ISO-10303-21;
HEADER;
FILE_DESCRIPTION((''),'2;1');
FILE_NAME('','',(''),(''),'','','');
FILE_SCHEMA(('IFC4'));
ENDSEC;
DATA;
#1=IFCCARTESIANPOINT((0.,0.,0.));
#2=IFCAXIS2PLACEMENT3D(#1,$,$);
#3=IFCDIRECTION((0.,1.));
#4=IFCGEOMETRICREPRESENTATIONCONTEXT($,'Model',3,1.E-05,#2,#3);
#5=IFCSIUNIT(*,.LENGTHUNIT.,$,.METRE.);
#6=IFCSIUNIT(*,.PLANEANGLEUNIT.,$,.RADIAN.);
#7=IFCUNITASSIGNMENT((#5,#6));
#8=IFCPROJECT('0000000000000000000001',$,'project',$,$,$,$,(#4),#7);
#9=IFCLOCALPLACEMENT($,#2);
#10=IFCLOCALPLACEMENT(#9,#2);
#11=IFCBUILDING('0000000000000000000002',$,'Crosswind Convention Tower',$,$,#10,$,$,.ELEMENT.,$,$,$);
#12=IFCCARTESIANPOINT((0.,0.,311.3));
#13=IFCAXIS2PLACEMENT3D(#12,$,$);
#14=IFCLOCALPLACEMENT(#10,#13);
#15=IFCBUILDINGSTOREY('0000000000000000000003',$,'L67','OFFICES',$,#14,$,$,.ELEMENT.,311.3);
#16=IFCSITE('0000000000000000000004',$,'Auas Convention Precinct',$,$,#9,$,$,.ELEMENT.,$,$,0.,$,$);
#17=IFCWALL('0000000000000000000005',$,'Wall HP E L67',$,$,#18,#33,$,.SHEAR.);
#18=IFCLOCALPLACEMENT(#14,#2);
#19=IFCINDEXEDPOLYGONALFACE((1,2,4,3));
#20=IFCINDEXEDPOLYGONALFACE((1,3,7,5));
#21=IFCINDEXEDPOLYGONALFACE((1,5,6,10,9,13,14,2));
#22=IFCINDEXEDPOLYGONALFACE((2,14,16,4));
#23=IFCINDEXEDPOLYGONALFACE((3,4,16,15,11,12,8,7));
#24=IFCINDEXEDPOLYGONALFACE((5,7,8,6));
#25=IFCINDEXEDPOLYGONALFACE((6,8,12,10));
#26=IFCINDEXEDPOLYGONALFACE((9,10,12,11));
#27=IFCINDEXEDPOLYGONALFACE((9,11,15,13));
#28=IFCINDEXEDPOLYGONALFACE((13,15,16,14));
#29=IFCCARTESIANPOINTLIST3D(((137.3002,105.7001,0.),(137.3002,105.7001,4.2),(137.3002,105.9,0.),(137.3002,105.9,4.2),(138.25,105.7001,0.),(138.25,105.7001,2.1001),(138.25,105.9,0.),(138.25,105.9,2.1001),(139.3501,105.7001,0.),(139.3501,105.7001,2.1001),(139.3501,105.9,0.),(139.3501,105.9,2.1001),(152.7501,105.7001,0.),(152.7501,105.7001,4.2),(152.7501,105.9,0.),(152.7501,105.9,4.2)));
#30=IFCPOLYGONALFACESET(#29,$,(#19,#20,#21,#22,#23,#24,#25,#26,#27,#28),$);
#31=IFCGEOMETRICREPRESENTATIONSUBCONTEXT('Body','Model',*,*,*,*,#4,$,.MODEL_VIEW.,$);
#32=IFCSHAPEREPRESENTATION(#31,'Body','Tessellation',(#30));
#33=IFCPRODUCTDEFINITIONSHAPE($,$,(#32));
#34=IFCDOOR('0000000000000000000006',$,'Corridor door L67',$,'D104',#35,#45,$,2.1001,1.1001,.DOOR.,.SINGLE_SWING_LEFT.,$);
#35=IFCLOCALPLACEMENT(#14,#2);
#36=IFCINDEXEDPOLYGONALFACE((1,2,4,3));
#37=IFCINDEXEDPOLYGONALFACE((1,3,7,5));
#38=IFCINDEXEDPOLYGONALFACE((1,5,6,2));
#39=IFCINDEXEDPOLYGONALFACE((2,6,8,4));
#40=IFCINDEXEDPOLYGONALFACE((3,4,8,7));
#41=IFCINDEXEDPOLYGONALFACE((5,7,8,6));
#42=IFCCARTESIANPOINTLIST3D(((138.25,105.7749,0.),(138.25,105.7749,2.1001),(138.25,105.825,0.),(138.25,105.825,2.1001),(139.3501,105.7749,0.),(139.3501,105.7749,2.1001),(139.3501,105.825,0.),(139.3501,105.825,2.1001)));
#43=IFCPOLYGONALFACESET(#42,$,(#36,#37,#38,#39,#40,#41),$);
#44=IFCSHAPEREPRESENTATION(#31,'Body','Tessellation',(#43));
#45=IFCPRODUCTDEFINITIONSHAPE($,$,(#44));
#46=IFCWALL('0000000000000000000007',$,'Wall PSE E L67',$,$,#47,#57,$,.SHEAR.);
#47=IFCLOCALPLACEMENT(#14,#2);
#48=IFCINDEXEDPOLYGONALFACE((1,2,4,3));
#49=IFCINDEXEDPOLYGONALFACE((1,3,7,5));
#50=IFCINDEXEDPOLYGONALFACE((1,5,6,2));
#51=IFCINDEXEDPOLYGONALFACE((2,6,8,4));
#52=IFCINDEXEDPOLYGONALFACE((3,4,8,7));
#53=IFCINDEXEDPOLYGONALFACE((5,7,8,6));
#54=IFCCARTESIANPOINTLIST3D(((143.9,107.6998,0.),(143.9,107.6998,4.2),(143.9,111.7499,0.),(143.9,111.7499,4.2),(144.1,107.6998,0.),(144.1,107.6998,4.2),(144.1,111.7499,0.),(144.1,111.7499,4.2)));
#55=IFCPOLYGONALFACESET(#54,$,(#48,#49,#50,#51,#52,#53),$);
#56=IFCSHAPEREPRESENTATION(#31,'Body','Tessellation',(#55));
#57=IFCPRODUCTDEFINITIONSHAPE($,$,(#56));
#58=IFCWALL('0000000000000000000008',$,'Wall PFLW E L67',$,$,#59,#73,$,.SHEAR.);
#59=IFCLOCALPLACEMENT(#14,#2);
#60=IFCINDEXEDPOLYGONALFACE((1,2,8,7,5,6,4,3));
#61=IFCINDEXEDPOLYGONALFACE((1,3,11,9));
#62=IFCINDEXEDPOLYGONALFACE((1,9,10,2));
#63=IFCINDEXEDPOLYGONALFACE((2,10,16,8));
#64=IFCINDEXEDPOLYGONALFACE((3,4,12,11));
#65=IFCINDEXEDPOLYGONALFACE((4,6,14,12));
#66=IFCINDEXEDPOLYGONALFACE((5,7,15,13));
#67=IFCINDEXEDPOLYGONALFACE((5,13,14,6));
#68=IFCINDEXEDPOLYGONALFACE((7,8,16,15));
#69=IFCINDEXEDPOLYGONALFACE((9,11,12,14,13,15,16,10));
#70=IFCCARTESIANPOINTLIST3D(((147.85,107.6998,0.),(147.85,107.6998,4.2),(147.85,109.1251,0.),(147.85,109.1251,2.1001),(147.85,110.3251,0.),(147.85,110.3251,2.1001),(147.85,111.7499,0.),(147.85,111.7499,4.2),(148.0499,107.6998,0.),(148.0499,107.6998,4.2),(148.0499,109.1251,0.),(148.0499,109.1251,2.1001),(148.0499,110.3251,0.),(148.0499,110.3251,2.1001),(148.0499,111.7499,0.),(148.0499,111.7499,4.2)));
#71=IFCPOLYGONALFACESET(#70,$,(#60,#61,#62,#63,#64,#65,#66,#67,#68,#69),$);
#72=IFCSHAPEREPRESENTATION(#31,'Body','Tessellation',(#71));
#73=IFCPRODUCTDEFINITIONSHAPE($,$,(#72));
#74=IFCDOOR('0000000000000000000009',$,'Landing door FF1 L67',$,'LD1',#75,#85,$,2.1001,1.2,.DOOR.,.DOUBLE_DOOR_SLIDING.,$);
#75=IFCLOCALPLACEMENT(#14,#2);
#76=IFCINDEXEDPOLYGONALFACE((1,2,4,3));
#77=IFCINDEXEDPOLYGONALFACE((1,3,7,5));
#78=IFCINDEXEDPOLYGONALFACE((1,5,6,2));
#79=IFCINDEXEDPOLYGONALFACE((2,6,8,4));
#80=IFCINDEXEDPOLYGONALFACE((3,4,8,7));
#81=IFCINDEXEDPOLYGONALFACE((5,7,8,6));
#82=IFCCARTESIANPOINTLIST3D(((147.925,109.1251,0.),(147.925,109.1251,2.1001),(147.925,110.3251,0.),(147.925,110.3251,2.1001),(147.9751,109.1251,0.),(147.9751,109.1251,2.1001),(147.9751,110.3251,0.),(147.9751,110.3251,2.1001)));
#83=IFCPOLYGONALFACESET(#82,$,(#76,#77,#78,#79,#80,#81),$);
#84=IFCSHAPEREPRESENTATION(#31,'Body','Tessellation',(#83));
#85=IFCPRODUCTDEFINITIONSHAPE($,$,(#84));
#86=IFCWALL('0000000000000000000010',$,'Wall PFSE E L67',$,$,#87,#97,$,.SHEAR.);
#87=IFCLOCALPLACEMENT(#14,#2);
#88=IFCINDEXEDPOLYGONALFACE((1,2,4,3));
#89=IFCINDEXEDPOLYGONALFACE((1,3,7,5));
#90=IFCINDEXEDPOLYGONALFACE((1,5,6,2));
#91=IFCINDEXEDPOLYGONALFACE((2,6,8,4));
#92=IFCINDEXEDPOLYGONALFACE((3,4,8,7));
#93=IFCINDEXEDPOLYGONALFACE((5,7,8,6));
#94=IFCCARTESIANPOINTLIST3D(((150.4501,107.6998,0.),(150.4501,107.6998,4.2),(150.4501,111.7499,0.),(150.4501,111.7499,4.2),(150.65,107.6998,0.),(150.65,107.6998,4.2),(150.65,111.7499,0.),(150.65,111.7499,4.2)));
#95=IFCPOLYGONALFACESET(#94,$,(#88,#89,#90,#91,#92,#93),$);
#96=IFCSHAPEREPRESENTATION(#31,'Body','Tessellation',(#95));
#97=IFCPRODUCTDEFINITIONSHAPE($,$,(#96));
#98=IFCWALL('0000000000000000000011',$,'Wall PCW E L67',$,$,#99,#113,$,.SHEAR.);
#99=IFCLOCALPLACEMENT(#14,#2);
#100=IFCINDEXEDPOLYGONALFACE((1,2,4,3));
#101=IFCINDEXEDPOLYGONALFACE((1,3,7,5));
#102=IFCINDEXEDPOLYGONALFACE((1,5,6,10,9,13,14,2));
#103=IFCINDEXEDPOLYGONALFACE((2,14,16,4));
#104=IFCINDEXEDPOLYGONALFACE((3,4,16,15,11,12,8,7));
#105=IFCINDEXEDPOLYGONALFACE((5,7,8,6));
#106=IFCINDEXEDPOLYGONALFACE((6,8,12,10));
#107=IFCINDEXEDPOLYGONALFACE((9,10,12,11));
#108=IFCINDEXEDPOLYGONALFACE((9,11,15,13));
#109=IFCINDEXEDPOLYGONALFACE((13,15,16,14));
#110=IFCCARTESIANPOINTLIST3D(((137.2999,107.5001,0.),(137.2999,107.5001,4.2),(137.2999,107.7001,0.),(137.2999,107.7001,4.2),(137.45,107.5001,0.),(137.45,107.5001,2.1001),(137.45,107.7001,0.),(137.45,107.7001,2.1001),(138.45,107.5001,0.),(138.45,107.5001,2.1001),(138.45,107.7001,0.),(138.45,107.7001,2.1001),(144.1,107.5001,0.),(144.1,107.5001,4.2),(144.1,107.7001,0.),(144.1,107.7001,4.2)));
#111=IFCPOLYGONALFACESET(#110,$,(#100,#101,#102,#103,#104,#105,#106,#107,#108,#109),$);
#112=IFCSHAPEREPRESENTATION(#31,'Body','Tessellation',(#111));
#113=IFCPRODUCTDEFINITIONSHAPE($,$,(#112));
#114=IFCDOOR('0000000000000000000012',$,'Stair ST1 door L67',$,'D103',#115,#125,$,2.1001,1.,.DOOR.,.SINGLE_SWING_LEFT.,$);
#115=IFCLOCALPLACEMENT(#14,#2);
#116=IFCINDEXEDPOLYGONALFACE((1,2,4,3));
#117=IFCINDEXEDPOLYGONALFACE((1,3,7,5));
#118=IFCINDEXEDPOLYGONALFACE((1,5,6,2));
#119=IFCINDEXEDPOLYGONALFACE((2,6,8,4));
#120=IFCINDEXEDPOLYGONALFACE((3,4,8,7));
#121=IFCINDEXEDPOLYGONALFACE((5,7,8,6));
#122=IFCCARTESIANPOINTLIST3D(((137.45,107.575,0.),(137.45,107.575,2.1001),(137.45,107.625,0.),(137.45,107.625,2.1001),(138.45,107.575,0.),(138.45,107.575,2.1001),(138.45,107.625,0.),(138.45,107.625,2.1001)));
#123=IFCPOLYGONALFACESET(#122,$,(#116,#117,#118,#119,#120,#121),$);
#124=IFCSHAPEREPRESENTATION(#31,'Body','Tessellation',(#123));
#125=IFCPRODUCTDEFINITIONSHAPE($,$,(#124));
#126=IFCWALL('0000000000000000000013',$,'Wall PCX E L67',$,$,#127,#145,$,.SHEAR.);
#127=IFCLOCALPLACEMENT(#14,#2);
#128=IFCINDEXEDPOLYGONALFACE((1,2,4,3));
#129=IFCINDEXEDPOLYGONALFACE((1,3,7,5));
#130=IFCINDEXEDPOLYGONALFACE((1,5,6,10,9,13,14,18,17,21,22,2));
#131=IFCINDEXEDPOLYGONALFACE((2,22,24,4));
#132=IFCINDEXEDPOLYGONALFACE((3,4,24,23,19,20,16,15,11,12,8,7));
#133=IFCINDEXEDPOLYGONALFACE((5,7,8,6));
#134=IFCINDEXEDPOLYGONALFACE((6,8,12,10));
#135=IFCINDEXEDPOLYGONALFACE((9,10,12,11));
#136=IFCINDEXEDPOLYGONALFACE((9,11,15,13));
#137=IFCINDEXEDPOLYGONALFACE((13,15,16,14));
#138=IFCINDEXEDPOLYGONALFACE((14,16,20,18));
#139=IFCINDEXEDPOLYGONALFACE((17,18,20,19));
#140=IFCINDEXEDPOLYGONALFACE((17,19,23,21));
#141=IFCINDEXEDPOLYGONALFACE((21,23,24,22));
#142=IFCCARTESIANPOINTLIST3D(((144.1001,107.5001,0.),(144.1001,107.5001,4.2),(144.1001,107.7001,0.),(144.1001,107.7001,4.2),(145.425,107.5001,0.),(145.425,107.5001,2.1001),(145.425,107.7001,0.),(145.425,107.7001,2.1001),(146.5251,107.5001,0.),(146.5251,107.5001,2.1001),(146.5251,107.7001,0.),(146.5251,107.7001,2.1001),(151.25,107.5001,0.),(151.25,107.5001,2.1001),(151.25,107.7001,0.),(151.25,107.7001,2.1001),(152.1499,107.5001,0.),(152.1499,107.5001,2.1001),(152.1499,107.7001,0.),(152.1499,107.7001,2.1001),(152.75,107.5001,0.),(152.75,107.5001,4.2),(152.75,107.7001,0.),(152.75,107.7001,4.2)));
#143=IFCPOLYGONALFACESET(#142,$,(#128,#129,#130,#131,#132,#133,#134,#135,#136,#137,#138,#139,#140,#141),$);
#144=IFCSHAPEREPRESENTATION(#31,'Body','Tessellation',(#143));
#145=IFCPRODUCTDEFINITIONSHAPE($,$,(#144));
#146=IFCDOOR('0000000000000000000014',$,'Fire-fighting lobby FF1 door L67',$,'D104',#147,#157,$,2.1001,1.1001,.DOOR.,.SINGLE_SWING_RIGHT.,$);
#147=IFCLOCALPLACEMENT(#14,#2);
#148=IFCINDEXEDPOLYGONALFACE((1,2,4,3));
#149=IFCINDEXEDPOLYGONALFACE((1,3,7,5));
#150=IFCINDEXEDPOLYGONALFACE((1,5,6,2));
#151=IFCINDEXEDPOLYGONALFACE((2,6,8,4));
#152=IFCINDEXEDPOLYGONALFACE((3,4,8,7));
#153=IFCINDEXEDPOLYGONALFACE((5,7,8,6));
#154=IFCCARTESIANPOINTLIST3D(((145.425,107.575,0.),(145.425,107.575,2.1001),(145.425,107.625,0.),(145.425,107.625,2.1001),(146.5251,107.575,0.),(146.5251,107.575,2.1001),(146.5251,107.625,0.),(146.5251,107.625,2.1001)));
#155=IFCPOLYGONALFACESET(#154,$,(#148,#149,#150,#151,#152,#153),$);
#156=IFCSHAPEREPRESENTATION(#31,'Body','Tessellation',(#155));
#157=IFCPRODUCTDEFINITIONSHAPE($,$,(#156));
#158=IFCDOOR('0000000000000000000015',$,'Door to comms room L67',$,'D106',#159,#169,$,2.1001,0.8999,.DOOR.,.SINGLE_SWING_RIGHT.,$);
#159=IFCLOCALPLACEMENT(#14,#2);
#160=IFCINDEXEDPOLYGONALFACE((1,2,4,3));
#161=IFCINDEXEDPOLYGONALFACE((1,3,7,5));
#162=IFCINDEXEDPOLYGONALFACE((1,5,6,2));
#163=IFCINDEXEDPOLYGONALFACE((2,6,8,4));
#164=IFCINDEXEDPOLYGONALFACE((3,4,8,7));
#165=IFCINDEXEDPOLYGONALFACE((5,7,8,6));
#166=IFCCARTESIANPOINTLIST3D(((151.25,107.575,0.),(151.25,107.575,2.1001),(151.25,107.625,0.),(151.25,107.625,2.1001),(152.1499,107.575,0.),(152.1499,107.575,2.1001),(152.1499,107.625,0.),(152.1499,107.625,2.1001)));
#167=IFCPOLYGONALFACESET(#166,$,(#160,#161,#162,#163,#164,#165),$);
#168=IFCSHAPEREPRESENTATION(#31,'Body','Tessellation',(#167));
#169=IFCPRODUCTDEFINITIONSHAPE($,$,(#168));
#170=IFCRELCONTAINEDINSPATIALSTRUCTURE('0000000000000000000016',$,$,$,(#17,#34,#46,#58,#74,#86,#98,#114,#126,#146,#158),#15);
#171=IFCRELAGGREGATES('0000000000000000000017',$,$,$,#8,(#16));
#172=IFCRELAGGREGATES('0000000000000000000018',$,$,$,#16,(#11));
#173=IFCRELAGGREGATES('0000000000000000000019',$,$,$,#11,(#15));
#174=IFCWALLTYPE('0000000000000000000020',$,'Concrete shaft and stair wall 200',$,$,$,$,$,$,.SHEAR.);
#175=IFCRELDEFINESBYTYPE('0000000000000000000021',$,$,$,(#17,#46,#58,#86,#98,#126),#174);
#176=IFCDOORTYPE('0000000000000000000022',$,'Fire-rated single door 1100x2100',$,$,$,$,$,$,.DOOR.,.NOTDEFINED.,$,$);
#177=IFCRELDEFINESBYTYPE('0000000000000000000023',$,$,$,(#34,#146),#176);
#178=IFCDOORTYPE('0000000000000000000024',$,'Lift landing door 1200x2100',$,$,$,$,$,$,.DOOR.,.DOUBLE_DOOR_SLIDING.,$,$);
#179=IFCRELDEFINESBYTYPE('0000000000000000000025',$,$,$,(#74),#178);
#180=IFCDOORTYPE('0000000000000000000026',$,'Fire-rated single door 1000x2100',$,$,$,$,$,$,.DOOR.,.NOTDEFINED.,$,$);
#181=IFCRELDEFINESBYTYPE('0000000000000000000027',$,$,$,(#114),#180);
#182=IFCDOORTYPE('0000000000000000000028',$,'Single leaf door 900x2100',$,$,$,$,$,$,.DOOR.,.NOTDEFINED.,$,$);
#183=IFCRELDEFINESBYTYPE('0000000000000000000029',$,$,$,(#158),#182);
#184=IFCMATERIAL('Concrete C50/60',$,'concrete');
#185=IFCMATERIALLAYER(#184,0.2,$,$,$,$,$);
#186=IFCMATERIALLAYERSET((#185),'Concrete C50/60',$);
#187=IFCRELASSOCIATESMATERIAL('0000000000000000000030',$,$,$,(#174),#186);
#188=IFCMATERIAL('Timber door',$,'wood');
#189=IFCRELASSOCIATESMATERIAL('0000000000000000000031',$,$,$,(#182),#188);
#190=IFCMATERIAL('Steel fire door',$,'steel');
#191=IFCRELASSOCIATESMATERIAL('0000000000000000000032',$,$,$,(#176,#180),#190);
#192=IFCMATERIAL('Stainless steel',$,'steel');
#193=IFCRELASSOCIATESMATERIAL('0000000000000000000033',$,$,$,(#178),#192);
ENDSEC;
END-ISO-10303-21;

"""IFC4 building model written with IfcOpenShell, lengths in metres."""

from ifc_helpers import new_model, si_unit, direction, frame, frame_2d, origin, place, context, subcontext, project, spatial, rectangle, extrude, material, layer, layer_set, type_object, element, fill, save


model = new_model("IFC4")

# Units and contexts
model_context = context("Model", 3, precision=1e-05, world=origin(), true_north=direction((0.0, 1.0)))
body_context = subcontext(model_context, "Body", "Model", "MODEL_VIEW")
ifc_project = project(units=[si_unit("LENGTHUNIT", "METRE"), si_unit("PLANEANGLEUNIT", "RADIAN")], contexts=[model_context])

# Site, building, storey
site_placement = place(None, origin())
site = spatial("IfcSite", under=ifc_project, at=site_placement, Name="Auas Convention Precinct", CompositionType="ELEMENT", RefElevation=0.0)
building_placement = place(site_placement, origin())
building = spatial("IfcBuilding", under=site, at=building_placement, Name="Crosswind Convention Tower", CompositionType="ELEMENT")
storey_placement = place(building_placement, frame((0.0, 0.0, 311.3)))
storey = spatial("IfcBuildingStorey", under=building, at=storey_placement, Name="L67", Description="OFFICES", CompositionType="ELEMENT", Elevation=311.3)

# Shared definitions
ifc_material_1 = material(Name="Concrete C50/60", Category="concrete")
ifc_layer_1 = layer(ifc_material_1, 0.2)
ifc_layer_set_1 = layer_set([ifc_layer_1], Name="Concrete C50/60")
wall_type_1 = type_object("IfcWallType", Name="Concrete shaft and stair wall 200", PredefinedType="SHEAR", material=ifc_layer_set_1)

# Shared definitions
ifc_material_2 = material(Name="Timber door", Category="wood")
door_type_1 = type_object("IfcDoorType", Name="Single leaf door 900x2100", OperationType="NOTDEFINED", PredefinedType="DOOR", material=ifc_material_2)

# Wall, opening, door
wall_1_placement = place(storey_placement, frame((137.3, 105.8, 0.0), z_axis=(0.0, 0.0, 1.0), x_axis=(1.0, 0.0, 0.0)))
wall_1 = element("IfcWall", 1, at=wall_1_placement, inside=storey, type_object=wall_type_1, Name="Wall HP E L67", PredefinedType="SHEAR", context=body_context, shape_type="SweptSolid", body=[
    extrude(rectangle(XDim=15.45, YDim=0.2, at=frame_2d((7.7251, 0.0))), origin(), (0.0, 0.0, 1.0), 4.2),
])
opening_1_placement = place(wall_1_placement, frame((0.95, 0.0, 0.0)))
opening_1 = element("IfcOpeningElement", 2, at=opening_1_placement, cuts=wall_1, PredefinedType="OPENING", context=body_context, shape_type="SweptSolid", body=[
    extrude(rectangle(XDim=1.1001, YDim=2.1001, at=frame_2d((0.55, 1.05))), frame((0.0, 0.1099, 0.0), z_axis=(0.0, -1.0, 0.0), x_axis=(1.0, 0.0, 0.0)), (0.0, 0.0, 1.0), 0.22),
])
ifc_material_3 = material(Name="Steel fire door", Category="steel")
door_type_2 = type_object("IfcDoorType", Name="Fire-rated single door 1100x2100", OperationType="NOTDEFINED", PredefinedType="DOOR", material=ifc_material_3)
door_1_placement = place(opening_1_placement, origin())
door_1 = element("IfcDoor", 3, at=door_1_placement, inside=storey, type_object=door_type_2, Name="Corridor door L67", ObjectType="D104", OperationType="SINGLE_SWING_LEFT", OverallHeight=2.1001, OverallWidth=1.1001, PredefinedType="DOOR", context=body_context, shape_type="SweptSolid", body=[
    extrude(rectangle(XDim=1.1001, YDim=2.1001, at=frame_2d((0.55, 1.05))), frame((0.0, 0.0249, 0.0), z_axis=(0.0, -1.0, 0.0), x_axis=(1.0, 0.0, 0.0)), (0.0, 0.0, 1.0), 0.05),
])
fill(opening_1, door_1)

# Wall
wall_2_placement = place(storey_placement, frame((144.0, 107.7, 0.0), z_axis=(0.0, 0.0, 1.0), x_axis=(0.0, 1.0, 0.0)))
element("IfcWall", 4, at=wall_2_placement, inside=storey, type_object=wall_type_1, Name="Wall PSE E L67", PredefinedType="SHEAR", context=body_context, shape_type="SweptSolid", body=[
    extrude(rectangle(XDim=4.05, YDim=0.2, at=frame_2d((2.0249, 0.0))), origin(), (0.0, 0.0, 1.0), 4.2),
])

# Wall, opening, door
wall_3_placement = place(storey_placement, frame((147.95, 107.7, 0.0), z_axis=(0.0, 0.0, 1.0), x_axis=(0.0, 1.0, 0.0)))
wall_3 = element("IfcWall", 5, at=wall_3_placement, inside=storey, type_object=wall_type_1, Name="Wall PFLW E L67", PredefinedType="SHEAR", context=body_context, shape_type="SweptSolid", body=[
    extrude(rectangle(XDim=4.05, YDim=0.2, at=frame_2d((2.0249, 0.0))), origin(), (0.0, 0.0, 1.0), 4.2),
])
opening_2_placement = place(wall_3_placement, frame((1.425, 0.0, 0.0)))
opening_2 = element("IfcOpeningElement", 6, at=opening_2_placement, cuts=wall_3, PredefinedType="OPENING", context=body_context, shape_type="SweptSolid", body=[
    extrude(rectangle(XDim=1.2, YDim=2.1001, at=frame_2d((0.6001, 1.05))), frame((0.0, 0.1099, 0.0), z_axis=(0.0, -1.0, 0.0), x_axis=(1.0, 0.0, 0.0)), (0.0, 0.0, 1.0), 0.22),
])
ifc_material_4 = material(Name="Stainless steel", Category="steel")
door_type_3 = type_object("IfcDoorType", Name="Lift landing door 1200x2100", OperationType="DOUBLE_DOOR_SLIDING", PredefinedType="DOOR", material=ifc_material_4)
door_2_placement = place(opening_2_placement, origin())
door_2 = element("IfcDoor", 7, at=door_2_placement, inside=storey, type_object=door_type_3, Name="Landing door FF1 L67", ObjectType="LD1", OperationType="DOUBLE_DOOR_SLIDING", OverallHeight=2.1001, OverallWidth=1.2, PredefinedType="DOOR", context=body_context, shape_type="SweptSolid", body=[
    extrude(rectangle(XDim=1.2, YDim=2.1001, at=frame_2d((0.6001, 1.05))), frame((0.0, 0.0249, 0.0), z_axis=(0.0, -1.0, 0.0), x_axis=(1.0, 0.0, 0.0)), (0.0, 0.0, 1.0), 0.05),
])
fill(opening_2, door_2)

# Wall
wall_4_placement = place(storey_placement, frame((150.55, 107.7, 0.0), z_axis=(0.0, 0.0, 1.0), x_axis=(0.0, 1.0, 0.0)))
element("IfcWall", 8, at=wall_4_placement, inside=storey, type_object=wall_type_1, Name="Wall PFSE E L67", PredefinedType="SHEAR", context=body_context, shape_type="SweptSolid", body=[
    extrude(rectangle(XDim=4.05, YDim=0.2, at=frame_2d((2.0249, 0.0))), origin(), (0.0, 0.0, 1.0), 4.2),
])

# Wall, opening, door
wall_5_placement = place(storey_placement, frame((137.3, 107.6001, 0.0), z_axis=(0.0, 0.0, 1.0), x_axis=(1.0, 0.0, 0.0)))
wall_5 = element("IfcWall", 9, at=wall_5_placement, inside=storey, type_object=wall_type_1, Name="Wall PCW E L67", PredefinedType="SHEAR", context=body_context, shape_type="SweptSolid", body=[
    extrude(rectangle(XDim=6.8, YDim=0.2, at=frame_2d((3.3999, 0.0))), origin(), (0.0, 0.0, 1.0), 4.2),
])
opening_3_placement = place(wall_5_placement, frame((0.1499, 0.0, 0.0)))
opening_3 = element("IfcOpeningElement", 10, at=opening_3_placement, cuts=wall_5, PredefinedType="OPENING", context=body_context, shape_type="SweptSolid", body=[
    extrude(rectangle(XDim=1.0, YDim=2.1001, at=frame_2d((0.5, 1.05))), frame((0.0, 0.1099, 0.0), z_axis=(0.0, -1.0, 0.0), x_axis=(1.0, 0.0, 0.0)), (0.0, 0.0, 1.0), 0.22),
])
door_type_4 = type_object("IfcDoorType", Name="Fire-rated single door 1000x2100", OperationType="NOTDEFINED", PredefinedType="DOOR", material=ifc_material_3)
door_3_placement = place(opening_3_placement, origin())
door_3 = element("IfcDoor", 11, at=door_3_placement, inside=storey, type_object=door_type_4, Name="Stair ST1 door L67", ObjectType="D103", OperationType="SINGLE_SWING_LEFT", OverallHeight=2.1001, OverallWidth=1.0, PredefinedType="DOOR", context=body_context, shape_type="SweptSolid", body=[
    extrude(rectangle(XDim=1.0, YDim=2.1001, at=frame_2d((0.5, 1.05))), frame((0.0, 0.0249, 0.0), z_axis=(0.0, -1.0, 0.0), x_axis=(1.0, 0.0, 0.0)), (0.0, 0.0, 1.0), 0.05),
])
fill(opening_3, door_3)

# Wall, openings, doors
wall_6_placement = place(storey_placement, frame((144.1001, 107.6001, 0.0), z_axis=(0.0, 0.0, 1.0), x_axis=(1.0, 0.0, 0.0)))
wall_6 = element("IfcWall", 12, at=wall_6_placement, inside=storey, type_object=wall_type_1, Name="Wall PCX E L67", PredefinedType="SHEAR", context=body_context, shape_type="SweptSolid", body=[
    extrude(rectangle(XDim=8.6499, YDim=0.2, at=frame_2d((4.325, 0.0))), origin(), (0.0, 0.0, 1.0), 4.2),
])
opening_4_placement = place(wall_6_placement, frame((1.325, 0.0, 0.0)))
opening_4 = element("IfcOpeningElement", 13, at=opening_4_placement, cuts=wall_6, PredefinedType="OPENING", context=body_context, shape_type="SweptSolid", body=[
    extrude(rectangle(XDim=1.1001, YDim=2.1001, at=frame_2d((0.55, 1.05))), frame((0.0, 0.1099, 0.0), z_axis=(0.0, -1.0, 0.0), x_axis=(1.0, 0.0, 0.0)), (0.0, 0.0, 1.0), 0.22),
])
opening_5_placement = place(wall_6_placement, frame((7.1499, 0.0, 0.0)))
opening_5 = element("IfcOpeningElement", 14, at=opening_5_placement, cuts=wall_6, PredefinedType="OPENING", context=body_context, shape_type="SweptSolid", body=[
    extrude(rectangle(XDim=0.8999, YDim=2.1001, at=frame_2d((0.45, 1.05))), frame((0.0, 0.1099, 0.0), z_axis=(0.0, -1.0, 0.0), x_axis=(1.0, 0.0, 0.0)), (0.0, 0.0, 1.0), 0.22),
])
door_4_placement = place(opening_4_placement, origin())
door_4 = element("IfcDoor", 15, at=door_4_placement, inside=storey, type_object=door_type_2, Name="Fire-fighting lobby FF1 door L67", ObjectType="D104", OperationType="SINGLE_SWING_RIGHT", OverallHeight=2.1001, OverallWidth=1.1001, PredefinedType="DOOR", context=body_context, shape_type="SweptSolid", body=[
    extrude(rectangle(XDim=1.1001, YDim=2.1001, at=frame_2d((0.55, 1.05))), frame((0.0, 0.0249, 0.0), z_axis=(0.0, -1.0, 0.0), x_axis=(1.0, 0.0, 0.0)), (0.0, 0.0, 1.0), 0.05),
])
fill(opening_4, door_4)
door_5_placement = place(opening_5_placement, origin())
door_5 = element("IfcDoor", 16, at=door_5_placement, inside=storey, type_object=door_type_1, Name="Door to comms room L67", ObjectType="D106", OperationType="SINGLE_SWING_RIGHT", OverallHeight=2.1001, OverallWidth=0.8999, PredefinedType="DOOR", context=body_context, shape_type="SweptSolid", body=[
    extrude(rectangle(XDim=0.8999, YDim=2.1001, at=frame_2d((0.45, 1.05))), frame((0.0, 0.0249, 0.0), z_axis=(0.0, -1.0, 0.0), x_axis=(1.0, 0.0, 0.0)), (0.0, 0.0, 1.0), 0.05),
])
fill(opening_5, door_5)

save(model, "model.ifc")
